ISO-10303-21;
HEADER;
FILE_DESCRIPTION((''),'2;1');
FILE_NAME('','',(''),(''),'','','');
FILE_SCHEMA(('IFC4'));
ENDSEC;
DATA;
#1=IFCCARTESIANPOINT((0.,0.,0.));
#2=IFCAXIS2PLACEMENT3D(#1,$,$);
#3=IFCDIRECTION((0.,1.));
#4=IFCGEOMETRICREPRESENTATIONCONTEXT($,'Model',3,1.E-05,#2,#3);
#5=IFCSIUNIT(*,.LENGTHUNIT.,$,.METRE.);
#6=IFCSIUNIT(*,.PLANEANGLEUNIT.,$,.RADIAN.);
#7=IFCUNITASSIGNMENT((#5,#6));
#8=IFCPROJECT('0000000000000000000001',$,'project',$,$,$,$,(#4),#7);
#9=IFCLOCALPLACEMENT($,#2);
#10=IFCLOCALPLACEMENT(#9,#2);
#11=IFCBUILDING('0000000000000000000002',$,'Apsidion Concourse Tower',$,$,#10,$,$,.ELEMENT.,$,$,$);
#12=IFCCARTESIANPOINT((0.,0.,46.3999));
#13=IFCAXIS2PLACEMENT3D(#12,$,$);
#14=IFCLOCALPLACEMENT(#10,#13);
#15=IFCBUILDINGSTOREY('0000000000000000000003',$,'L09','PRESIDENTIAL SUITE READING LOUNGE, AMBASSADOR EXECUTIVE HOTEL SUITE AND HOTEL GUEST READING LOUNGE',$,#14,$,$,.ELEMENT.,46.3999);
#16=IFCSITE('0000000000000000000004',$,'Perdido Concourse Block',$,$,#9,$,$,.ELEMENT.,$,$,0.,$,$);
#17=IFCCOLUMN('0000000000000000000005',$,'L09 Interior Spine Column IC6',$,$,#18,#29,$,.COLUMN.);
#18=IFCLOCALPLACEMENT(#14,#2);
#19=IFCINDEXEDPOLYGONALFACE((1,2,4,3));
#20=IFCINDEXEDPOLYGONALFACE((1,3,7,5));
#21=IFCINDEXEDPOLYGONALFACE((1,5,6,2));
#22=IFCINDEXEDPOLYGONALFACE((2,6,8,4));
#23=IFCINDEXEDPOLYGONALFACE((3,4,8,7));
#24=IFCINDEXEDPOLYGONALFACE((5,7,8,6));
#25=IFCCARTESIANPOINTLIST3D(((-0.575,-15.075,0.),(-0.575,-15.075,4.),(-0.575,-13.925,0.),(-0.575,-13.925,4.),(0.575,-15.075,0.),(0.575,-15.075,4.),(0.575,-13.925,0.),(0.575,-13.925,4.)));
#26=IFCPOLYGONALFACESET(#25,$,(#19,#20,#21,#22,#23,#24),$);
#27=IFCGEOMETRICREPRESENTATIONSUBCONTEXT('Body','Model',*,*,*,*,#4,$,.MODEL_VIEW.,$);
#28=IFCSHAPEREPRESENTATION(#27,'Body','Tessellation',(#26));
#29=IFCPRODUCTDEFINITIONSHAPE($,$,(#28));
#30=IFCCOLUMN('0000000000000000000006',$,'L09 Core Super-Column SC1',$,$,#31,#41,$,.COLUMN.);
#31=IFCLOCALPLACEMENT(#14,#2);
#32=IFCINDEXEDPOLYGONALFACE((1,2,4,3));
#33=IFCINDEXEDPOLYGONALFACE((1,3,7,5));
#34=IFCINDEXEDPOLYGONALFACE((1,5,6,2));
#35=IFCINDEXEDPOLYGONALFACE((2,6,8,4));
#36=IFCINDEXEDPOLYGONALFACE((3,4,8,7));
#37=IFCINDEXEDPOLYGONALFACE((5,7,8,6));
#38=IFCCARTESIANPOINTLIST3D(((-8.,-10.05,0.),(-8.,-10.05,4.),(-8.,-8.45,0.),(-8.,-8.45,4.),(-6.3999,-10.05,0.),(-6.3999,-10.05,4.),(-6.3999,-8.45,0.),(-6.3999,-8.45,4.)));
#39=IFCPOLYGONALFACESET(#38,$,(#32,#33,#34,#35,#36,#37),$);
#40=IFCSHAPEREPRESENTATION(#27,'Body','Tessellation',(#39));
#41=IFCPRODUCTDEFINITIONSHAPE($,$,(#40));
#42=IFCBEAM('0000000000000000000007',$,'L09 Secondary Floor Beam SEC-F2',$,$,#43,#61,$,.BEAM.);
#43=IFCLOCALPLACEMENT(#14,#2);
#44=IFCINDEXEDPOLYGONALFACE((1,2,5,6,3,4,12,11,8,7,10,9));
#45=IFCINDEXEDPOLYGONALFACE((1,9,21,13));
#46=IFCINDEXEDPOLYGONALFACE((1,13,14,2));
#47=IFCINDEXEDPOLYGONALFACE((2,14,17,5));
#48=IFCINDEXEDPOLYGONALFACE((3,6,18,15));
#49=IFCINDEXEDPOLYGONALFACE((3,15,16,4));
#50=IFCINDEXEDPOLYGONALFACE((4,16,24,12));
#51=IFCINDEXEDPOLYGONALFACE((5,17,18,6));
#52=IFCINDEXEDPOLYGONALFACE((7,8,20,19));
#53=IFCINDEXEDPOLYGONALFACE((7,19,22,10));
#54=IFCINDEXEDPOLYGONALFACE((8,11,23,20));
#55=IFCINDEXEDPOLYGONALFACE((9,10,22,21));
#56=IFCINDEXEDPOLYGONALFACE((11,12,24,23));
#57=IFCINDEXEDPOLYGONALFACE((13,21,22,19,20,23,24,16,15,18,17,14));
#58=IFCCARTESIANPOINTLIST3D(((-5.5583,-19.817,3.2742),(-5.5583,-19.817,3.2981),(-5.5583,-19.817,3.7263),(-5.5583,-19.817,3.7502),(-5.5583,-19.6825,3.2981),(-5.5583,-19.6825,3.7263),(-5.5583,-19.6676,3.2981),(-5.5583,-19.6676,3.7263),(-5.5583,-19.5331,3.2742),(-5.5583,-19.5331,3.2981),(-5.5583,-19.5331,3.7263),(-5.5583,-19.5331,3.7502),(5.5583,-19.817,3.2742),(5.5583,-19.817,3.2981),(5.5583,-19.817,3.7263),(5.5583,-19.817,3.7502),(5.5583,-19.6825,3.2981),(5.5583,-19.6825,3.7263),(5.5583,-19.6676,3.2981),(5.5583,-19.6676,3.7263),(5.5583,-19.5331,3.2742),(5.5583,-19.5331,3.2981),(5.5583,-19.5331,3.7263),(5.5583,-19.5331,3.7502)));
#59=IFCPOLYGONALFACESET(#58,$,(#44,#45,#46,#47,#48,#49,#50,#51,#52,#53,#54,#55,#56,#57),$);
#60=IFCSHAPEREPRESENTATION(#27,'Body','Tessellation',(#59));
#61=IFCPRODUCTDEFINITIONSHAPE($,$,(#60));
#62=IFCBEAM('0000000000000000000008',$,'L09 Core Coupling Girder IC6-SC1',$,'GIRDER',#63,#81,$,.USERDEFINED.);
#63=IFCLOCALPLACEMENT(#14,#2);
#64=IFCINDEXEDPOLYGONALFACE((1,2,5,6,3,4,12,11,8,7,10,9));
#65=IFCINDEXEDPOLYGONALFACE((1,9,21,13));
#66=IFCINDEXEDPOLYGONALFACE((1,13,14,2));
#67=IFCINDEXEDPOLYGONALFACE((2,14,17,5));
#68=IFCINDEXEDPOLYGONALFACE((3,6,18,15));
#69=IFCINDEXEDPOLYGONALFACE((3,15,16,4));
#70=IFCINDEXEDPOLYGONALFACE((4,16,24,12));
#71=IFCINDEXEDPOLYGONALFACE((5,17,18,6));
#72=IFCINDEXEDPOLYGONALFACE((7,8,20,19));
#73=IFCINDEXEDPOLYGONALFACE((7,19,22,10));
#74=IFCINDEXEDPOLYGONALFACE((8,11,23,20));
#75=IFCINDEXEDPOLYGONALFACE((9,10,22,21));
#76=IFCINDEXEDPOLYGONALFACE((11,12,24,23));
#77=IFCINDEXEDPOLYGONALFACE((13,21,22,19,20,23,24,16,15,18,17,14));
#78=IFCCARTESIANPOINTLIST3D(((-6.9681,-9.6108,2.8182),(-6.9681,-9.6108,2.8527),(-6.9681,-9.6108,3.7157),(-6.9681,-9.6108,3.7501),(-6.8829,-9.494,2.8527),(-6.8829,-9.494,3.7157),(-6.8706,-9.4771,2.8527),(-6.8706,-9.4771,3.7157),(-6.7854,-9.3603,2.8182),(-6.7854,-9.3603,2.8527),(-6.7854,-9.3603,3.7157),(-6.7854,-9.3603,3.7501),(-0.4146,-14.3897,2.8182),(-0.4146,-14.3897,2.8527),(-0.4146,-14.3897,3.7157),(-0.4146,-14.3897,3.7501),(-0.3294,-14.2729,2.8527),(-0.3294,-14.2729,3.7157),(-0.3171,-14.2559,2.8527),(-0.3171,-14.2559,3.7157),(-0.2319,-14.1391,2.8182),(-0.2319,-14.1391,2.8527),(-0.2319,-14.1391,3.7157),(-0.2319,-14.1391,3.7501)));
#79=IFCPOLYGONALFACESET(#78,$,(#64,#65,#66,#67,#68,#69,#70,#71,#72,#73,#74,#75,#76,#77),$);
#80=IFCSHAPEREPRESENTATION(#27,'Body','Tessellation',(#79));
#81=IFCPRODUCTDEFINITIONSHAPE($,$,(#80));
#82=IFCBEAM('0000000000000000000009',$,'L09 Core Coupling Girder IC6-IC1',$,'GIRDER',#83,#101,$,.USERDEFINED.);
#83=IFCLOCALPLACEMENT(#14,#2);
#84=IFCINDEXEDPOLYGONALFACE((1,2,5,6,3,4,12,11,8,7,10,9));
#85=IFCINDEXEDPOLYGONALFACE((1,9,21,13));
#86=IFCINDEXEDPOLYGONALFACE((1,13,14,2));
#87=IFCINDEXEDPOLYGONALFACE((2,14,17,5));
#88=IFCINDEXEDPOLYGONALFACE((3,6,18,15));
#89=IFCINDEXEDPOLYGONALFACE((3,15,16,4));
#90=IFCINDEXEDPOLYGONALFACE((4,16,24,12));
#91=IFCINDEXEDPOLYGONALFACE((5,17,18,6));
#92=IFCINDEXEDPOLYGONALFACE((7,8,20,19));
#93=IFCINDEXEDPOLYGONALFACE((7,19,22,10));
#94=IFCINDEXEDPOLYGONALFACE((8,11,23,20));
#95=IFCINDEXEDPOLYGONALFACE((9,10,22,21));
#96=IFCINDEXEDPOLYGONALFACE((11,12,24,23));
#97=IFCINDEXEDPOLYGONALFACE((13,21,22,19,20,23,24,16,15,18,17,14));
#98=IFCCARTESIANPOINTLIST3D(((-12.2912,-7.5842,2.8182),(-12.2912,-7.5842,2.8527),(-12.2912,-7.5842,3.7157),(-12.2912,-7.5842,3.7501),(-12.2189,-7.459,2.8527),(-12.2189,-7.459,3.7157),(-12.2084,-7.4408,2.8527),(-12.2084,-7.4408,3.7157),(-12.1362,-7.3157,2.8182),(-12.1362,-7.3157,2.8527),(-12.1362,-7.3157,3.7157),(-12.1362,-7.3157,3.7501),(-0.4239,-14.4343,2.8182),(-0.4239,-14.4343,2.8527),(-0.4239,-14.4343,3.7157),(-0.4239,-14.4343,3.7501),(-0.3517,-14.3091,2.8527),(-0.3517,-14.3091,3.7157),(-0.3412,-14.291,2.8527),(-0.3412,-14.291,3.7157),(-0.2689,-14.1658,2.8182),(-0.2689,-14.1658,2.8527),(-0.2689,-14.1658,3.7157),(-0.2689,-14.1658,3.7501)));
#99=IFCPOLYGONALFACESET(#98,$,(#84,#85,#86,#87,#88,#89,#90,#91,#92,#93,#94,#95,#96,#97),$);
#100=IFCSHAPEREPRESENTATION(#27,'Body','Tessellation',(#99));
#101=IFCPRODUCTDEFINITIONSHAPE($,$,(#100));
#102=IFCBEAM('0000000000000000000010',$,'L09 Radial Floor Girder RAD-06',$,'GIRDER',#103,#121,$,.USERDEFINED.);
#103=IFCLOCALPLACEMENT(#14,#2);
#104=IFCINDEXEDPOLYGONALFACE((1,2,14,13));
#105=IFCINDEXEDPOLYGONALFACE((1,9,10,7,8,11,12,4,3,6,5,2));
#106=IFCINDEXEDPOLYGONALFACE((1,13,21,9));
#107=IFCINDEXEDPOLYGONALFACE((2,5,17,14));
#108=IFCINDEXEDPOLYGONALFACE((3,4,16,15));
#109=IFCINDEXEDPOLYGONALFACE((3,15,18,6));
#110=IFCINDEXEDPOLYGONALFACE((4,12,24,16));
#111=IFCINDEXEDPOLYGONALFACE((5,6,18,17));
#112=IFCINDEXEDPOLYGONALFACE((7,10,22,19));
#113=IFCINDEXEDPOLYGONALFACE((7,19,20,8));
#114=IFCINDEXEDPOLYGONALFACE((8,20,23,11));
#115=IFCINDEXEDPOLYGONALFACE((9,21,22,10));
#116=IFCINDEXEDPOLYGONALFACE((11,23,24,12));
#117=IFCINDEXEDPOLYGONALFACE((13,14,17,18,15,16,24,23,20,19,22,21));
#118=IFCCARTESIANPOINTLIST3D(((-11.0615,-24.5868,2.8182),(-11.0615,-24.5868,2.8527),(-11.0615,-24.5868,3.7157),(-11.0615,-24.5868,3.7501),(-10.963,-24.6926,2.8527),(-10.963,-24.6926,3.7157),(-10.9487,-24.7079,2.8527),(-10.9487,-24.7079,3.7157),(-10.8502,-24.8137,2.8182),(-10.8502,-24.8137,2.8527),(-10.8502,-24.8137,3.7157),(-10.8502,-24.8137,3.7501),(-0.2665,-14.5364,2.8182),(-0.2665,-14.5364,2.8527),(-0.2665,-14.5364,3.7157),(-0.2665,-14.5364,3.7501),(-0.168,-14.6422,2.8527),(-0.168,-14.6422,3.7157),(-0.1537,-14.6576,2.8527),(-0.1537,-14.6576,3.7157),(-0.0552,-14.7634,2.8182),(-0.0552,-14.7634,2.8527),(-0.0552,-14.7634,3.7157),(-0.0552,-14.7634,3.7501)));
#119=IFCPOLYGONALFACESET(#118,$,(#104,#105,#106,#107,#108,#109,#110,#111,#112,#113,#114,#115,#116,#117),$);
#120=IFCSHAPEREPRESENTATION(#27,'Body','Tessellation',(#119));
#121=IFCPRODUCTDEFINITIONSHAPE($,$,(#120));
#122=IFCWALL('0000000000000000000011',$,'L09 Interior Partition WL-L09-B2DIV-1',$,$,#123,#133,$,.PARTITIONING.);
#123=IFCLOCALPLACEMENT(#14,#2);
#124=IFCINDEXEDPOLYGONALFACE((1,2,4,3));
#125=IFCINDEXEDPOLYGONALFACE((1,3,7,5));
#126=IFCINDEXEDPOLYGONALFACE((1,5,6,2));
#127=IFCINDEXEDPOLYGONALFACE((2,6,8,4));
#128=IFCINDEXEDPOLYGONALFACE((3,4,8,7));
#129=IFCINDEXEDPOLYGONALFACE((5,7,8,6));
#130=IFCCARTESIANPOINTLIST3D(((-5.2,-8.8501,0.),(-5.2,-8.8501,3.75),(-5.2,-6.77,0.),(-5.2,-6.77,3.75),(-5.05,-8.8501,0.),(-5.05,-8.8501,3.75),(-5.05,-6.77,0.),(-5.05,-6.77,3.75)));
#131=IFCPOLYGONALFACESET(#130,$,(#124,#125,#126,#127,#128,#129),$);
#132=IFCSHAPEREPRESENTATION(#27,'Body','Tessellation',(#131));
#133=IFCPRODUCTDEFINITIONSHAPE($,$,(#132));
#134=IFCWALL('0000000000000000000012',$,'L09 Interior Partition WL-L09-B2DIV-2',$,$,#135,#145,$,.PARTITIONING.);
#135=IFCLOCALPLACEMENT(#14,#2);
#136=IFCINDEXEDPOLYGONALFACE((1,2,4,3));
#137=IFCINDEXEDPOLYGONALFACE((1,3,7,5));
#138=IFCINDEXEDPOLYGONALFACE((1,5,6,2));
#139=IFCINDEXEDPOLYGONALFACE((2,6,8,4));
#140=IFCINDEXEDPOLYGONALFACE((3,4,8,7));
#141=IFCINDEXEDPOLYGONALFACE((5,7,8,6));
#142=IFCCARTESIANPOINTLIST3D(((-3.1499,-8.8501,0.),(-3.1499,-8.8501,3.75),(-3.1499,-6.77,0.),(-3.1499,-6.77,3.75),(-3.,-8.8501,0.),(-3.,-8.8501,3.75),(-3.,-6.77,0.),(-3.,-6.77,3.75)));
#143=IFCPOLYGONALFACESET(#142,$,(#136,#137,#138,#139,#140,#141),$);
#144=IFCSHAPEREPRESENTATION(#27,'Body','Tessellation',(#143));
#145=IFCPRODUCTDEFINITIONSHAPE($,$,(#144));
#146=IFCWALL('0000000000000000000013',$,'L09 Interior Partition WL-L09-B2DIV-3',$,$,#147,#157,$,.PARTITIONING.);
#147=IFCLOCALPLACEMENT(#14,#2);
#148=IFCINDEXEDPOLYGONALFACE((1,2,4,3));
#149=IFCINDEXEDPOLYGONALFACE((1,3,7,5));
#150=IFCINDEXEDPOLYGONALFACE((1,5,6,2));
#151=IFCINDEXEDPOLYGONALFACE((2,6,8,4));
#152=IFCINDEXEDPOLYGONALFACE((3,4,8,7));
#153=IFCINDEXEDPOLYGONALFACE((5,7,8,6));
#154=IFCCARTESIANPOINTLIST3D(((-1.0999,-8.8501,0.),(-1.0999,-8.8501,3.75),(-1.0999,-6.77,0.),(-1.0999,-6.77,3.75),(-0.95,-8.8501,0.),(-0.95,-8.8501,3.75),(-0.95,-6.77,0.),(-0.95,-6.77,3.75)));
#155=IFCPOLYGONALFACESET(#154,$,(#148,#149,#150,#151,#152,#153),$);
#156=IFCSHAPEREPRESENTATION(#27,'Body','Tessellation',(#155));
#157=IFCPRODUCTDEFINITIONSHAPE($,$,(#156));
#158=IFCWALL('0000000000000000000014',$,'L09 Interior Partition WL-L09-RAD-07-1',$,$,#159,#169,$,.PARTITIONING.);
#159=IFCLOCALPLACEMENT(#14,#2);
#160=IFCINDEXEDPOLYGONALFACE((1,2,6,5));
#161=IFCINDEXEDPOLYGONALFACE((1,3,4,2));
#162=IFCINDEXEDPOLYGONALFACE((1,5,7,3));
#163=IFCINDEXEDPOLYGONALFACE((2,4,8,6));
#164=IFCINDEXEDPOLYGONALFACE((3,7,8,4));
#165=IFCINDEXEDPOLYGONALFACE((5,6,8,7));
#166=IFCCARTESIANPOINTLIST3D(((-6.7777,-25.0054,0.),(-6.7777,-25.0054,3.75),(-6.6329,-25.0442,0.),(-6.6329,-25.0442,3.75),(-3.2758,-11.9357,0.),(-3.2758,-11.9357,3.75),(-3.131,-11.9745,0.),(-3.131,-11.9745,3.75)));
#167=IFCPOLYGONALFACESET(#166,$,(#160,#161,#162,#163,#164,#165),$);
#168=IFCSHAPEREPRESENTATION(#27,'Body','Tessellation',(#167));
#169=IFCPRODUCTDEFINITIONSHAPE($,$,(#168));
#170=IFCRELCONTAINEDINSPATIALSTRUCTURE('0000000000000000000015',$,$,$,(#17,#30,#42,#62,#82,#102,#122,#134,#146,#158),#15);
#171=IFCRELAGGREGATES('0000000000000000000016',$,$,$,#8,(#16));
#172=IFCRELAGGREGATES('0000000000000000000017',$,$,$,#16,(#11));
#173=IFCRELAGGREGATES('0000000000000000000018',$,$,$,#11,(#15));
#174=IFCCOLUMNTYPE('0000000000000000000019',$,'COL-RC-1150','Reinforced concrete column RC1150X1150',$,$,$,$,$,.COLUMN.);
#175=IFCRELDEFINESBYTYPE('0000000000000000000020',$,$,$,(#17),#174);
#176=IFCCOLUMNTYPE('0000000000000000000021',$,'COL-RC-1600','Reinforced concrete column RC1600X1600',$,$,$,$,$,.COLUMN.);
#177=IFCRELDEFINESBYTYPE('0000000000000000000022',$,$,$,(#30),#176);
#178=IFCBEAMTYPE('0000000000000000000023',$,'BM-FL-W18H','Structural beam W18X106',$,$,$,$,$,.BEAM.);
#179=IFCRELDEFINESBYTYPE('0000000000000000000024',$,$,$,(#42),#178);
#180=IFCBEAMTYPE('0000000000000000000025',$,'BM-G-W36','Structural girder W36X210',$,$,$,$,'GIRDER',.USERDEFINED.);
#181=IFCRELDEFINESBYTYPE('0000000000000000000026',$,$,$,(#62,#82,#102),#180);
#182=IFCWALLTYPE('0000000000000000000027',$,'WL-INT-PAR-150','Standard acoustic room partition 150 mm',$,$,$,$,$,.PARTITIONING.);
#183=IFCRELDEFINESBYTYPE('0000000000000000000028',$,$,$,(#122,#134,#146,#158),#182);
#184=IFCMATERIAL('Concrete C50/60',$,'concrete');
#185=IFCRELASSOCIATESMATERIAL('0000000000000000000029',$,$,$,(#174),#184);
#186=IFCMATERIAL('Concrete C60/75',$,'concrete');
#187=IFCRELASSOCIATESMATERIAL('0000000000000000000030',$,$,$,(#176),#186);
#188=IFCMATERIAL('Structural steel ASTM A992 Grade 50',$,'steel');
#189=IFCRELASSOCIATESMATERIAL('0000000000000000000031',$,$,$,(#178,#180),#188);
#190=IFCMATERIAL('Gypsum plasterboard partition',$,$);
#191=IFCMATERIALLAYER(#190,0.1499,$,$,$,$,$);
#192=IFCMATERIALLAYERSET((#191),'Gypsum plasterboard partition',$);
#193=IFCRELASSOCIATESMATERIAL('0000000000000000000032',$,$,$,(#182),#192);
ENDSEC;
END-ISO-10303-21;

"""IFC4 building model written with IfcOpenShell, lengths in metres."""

from ifc_helpers import new_model, si_unit, direction, frame, frame_2d, origin, origin_2d, place, context, subcontext, project, spatial, rectangle, i_section, extrude, material, layer, layer_set, material_profile, profile_set, type_object, element, save


model = new_model("IFC4")

# Units and contexts
model_context = context("Model", 3, precision=1e-05, world=origin(), true_north=direction((0.0, 1.0)))
body_context = subcontext(model_context, "Body", "Model", "MODEL_VIEW")
ifc_project = project(units=[si_unit("LENGTHUNIT", "METRE"), si_unit("PLANEANGLEUNIT", "RADIAN")], contexts=[model_context])

# Site, building, storey
site_placement = place(None, origin())
site = spatial("IfcSite", under=ifc_project, at=site_placement, Name="Perdido Concourse Block", CompositionType="ELEMENT", RefElevation=0.0)
building_placement = place(site_placement, origin())
building = spatial("IfcBuilding", under=site, at=building_placement, Name="Apsidion Concourse Tower", CompositionType="ELEMENT")
storey_placement = place(building_placement, frame((0.0, 0.0, 46.3999)))
storey = spatial("IfcBuildingStorey", under=building, at=storey_placement, Name="L09", Description="PRESIDENTIAL SUITE READING LOUNGE, AMBASSADOR EXECUTIVE HOTEL SUITE AND HOTEL GUEST READING LOUNGE", CompositionType="ELEMENT", Elevation=46.3999)

# Columns
ifc_material_1 = material(Name="Concrete C50/60", Category="concrete")
ifc_material_profile_1 = material_profile(ifc_material_1, rectangle(XDim=1.1499, YDim=1.1499, at=origin_2d()), Name="RC 1150x1150")
ifc_profile_set_1 = profile_set([ifc_material_profile_1], Name="Concrete C50/60")
column_type_1 = type_object("IfcColumnType", Name="COL-RC-1150", Description="Reinforced concrete column RC1150X1150", PredefinedType="COLUMN", material=ifc_profile_set_1)
column_1_placement = place(storey_placement, frame((0.0, -14.5, 0.0), z_axis=(0.0, 0.0, 1.0), x_axis=(1.0, 0.0, 0.0)))
element("IfcColumn", 1, at=column_1_placement, inside=storey, type_object=column_type_1, Name="L09 Interior Spine Column IC6", PredefinedType="COLUMN", context=body_context, shape_type="SweptSolid", body=[
    extrude(rectangle(XDim=1.1499, YDim=1.1499, at=origin_2d()), origin(), (0.0, 0.0, 1.0), 4.0),
])
ifc_material_2 = material(Name="Concrete C60/75", Category="concrete")
ifc_material_profile_2 = material_profile(ifc_material_2, rectangle(XDim=1.6001, YDim=1.6001, at=origin_2d()), Name="RC 1600x1600")
ifc_profile_set_2 = profile_set([ifc_material_profile_2], Name="Concrete C60/75")
column_type_2 = type_object("IfcColumnType", Name="COL-RC-1600", Description="Reinforced concrete column RC1600X1600", PredefinedType="COLUMN", material=ifc_profile_set_2)
column_2_placement = place(storey_placement, frame((-7.2, -9.25, 0.0), z_axis=(0.0, 0.0, 1.0), x_axis=(1.0, 0.0, 0.0)))
element("IfcColumn", 2, at=column_2_placement, inside=storey, type_object=column_type_2, Name="L09 Core Super-Column SC1", PredefinedType="COLUMN", context=body_context, shape_type="SweptSolid", body=[
    extrude(rectangle(XDim=1.6001, YDim=1.6001, at=origin_2d()), origin(), (0.0, 0.0, 1.0), 4.0),
])

# Beams
ifc_material_3 = material(Name="Structural steel ASTM A992 Grade 50", Category="steel")
ifc_material_profile_3 = material_profile(ifc_material_3, i_section(OverallWidth=0.2839, OverallDepth=0.4761, WebThickness=0.0149, FlangeThickness=0.0239, at=origin_2d()), Name="W18X106")
ifc_profile_set_3 = profile_set([ifc_material_profile_3], Name="Structural steel ASTM A992 Grade 50")
beam_type_1 = type_object("IfcBeamType", Name="BM-FL-W18H", Description="Structural beam W18X106", PredefinedType="BEAM", material=ifc_profile_set_3)
beam_1_placement = place(storey_placement, frame((-5.5583, -19.675, 3.5122), z_axis=(1.0, 0.0, 0.0), x_axis=(0.0, 1.0, 0.0)))
element("IfcBeam", 3, at=beam_1_placement, inside=storey, type_object=beam_type_1, Name="L09 Secondary Floor Beam SEC-F2", PredefinedType="BEAM", context=body_context, shape_type="SweptSolid", body=[
    extrude(i_section(OverallWidth=0.2839, OverallDepth=0.4761, WebThickness=0.0149, FlangeThickness=0.0239, at=origin_2d()), origin(), (0.0, 0.0, 1.0), 11.1167),
])
ifc_material_profile_4 = material_profile(ifc_material_3, i_section(OverallWidth=0.3101, OverallDepth=0.9319, WebThickness=0.021, FlangeThickness=0.0344, at=origin_2d()), Name="W36X210")
ifc_profile_set_4 = profile_set([ifc_material_profile_4], Name="Structural steel ASTM A992 Grade 50")
beam_type_2 = type_object("IfcBeamType", Name="BM-G-W36", Description="Structural girder W36X210", ElementType="GIRDER", PredefinedType="USERDEFINED", material=ifc_profile_set_4)
beam_2_placement = place(storey_placement, frame((-0.3232, -14.2644, 3.2842), z_axis=(-0.807993, 0.589191, 0.0), x_axis=(-0.589191, -0.807993, 0.0)))
element("IfcBeam", 4, at=beam_2_placement, inside=storey, type_object=beam_type_2, Name="L09 Core Coupling Girder IC6-SC1", ObjectType="GIRDER", PredefinedType="USERDEFINED", context=body_context, shape_type="SweptSolid", body=[
    extrude(i_section(OverallWidth=0.3101, OverallDepth=0.9319, WebThickness=0.021, FlangeThickness=0.0344, at=origin_2d()), origin(), (0.0, 0.0, 1.0), 8.1108),
])
beam_3_placement = place(storey_placement, frame((-0.3464, -14.3, 3.2842), z_axis=(-0.86607, 0.499922, 0.0), x_axis=(-0.499922, -0.86607, 0.0)))
element("IfcBeam", 5, at=beam_3_placement, inside=storey, type_object=beam_type_2, Name="L09 Core Coupling Girder IC6-IC1", ObjectType="GIRDER", PredefinedType="USERDEFINED", context=body_context, shape_type="SweptSolid", body=[
    extrude(i_section(OverallWidth=0.3101, OverallDepth=0.9319, WebThickness=0.021, FlangeThickness=0.0344, at=origin_2d()), origin(), (0.0, 0.0, 1.0), 13.7024),
])
beam_4_placement = place(storey_placement, frame((-0.1609, -14.6499, 3.2842), z_axis=(-0.731899, -0.681413, 0.0), x_axis=(0.681413, -0.731899, 0.0)))
element("IfcBeam", 6, at=beam_4_placement, inside=storey, type_object=beam_type_2, Name="L09 Radial Floor Girder RAD-06", ObjectType="GIRDER", PredefinedType="USERDEFINED", context=body_context, shape_type="SweptSolid", body=[
    extrude(i_section(OverallWidth=0.3101, OverallDepth=0.9319, WebThickness=0.021, FlangeThickness=0.0344, at=origin_2d()), origin(), (0.0, 0.0, 1.0), 14.7493),
])

# Walls
ifc_material_4 = material(Name="Gypsum plasterboard partition")
ifc_layer_1 = layer(ifc_material_4, 0.1499)
ifc_layer_set_1 = layer_set([ifc_layer_1], Name="Gypsum plasterboard partition")
wall_type_1 = type_object("IfcWallType", Name="WL-INT-PAR-150", Description="Standard acoustic room partition 150 mm", PredefinedType="PARTITIONING", material=ifc_layer_set_1)
for number, where, z_axis, x_axis, name in (
    (7, (-5.125, -8.8501, 0.0), (0.0, 0.0, 1.0), (0.0, 1.0, 0.0), "L09 Interior Partition WL-L09-B2DIV-1"),
    (8, (-3.075, -8.8501, 0.0), (0.0, 0.0, 1.0), (0.0, 1.0, 0.0), "L09 Interior Partition WL-L09-B2DIV-2"),
    (9, (-1.0249, -8.8501, 0.0), (0.0, 0.0, 1.0), (0.0, 1.0, 0.0), "L09 Interior Partition WL-L09-B2DIV-3"),
):
    element("IfcWall", number, at=place(storey_placement, frame(where, z_axis=z_axis, x_axis=x_axis)), inside=storey, type_object=wall_type_1, Name=name, PredefinedType="PARTITIONING", context=body_context, shape_type="SweptSolid", body=[
        extrude(rectangle(XDim=2.0801, YDim=0.1499, at=frame_2d((1.04, 0.0))), origin(), (0.0, 0.0, 1.0), 3.75),
    ])
wall_1_placement = place(storey_placement, frame((-3.2034, -11.9551, 0.0), z_axis=(0.0, 0.0, 1.0), x_axis=(-0.258812, -0.965928, 0.0)))
element("IfcWall", 10, at=wall_1_placement, inside=storey, type_object=wall_type_1, Name="L09 Interior Partition WL-L09-RAD-07-1", PredefinedType="PARTITIONING", context=body_context, shape_type="SweptSolid", body=[
    extrude(rectangle(XDim=13.5308, YDim=0.1499, at=frame_2d((6.7654, 0.0))), origin(), (0.0, 0.0, 1.0), 3.75),
])

save(model, "model.ifc")
